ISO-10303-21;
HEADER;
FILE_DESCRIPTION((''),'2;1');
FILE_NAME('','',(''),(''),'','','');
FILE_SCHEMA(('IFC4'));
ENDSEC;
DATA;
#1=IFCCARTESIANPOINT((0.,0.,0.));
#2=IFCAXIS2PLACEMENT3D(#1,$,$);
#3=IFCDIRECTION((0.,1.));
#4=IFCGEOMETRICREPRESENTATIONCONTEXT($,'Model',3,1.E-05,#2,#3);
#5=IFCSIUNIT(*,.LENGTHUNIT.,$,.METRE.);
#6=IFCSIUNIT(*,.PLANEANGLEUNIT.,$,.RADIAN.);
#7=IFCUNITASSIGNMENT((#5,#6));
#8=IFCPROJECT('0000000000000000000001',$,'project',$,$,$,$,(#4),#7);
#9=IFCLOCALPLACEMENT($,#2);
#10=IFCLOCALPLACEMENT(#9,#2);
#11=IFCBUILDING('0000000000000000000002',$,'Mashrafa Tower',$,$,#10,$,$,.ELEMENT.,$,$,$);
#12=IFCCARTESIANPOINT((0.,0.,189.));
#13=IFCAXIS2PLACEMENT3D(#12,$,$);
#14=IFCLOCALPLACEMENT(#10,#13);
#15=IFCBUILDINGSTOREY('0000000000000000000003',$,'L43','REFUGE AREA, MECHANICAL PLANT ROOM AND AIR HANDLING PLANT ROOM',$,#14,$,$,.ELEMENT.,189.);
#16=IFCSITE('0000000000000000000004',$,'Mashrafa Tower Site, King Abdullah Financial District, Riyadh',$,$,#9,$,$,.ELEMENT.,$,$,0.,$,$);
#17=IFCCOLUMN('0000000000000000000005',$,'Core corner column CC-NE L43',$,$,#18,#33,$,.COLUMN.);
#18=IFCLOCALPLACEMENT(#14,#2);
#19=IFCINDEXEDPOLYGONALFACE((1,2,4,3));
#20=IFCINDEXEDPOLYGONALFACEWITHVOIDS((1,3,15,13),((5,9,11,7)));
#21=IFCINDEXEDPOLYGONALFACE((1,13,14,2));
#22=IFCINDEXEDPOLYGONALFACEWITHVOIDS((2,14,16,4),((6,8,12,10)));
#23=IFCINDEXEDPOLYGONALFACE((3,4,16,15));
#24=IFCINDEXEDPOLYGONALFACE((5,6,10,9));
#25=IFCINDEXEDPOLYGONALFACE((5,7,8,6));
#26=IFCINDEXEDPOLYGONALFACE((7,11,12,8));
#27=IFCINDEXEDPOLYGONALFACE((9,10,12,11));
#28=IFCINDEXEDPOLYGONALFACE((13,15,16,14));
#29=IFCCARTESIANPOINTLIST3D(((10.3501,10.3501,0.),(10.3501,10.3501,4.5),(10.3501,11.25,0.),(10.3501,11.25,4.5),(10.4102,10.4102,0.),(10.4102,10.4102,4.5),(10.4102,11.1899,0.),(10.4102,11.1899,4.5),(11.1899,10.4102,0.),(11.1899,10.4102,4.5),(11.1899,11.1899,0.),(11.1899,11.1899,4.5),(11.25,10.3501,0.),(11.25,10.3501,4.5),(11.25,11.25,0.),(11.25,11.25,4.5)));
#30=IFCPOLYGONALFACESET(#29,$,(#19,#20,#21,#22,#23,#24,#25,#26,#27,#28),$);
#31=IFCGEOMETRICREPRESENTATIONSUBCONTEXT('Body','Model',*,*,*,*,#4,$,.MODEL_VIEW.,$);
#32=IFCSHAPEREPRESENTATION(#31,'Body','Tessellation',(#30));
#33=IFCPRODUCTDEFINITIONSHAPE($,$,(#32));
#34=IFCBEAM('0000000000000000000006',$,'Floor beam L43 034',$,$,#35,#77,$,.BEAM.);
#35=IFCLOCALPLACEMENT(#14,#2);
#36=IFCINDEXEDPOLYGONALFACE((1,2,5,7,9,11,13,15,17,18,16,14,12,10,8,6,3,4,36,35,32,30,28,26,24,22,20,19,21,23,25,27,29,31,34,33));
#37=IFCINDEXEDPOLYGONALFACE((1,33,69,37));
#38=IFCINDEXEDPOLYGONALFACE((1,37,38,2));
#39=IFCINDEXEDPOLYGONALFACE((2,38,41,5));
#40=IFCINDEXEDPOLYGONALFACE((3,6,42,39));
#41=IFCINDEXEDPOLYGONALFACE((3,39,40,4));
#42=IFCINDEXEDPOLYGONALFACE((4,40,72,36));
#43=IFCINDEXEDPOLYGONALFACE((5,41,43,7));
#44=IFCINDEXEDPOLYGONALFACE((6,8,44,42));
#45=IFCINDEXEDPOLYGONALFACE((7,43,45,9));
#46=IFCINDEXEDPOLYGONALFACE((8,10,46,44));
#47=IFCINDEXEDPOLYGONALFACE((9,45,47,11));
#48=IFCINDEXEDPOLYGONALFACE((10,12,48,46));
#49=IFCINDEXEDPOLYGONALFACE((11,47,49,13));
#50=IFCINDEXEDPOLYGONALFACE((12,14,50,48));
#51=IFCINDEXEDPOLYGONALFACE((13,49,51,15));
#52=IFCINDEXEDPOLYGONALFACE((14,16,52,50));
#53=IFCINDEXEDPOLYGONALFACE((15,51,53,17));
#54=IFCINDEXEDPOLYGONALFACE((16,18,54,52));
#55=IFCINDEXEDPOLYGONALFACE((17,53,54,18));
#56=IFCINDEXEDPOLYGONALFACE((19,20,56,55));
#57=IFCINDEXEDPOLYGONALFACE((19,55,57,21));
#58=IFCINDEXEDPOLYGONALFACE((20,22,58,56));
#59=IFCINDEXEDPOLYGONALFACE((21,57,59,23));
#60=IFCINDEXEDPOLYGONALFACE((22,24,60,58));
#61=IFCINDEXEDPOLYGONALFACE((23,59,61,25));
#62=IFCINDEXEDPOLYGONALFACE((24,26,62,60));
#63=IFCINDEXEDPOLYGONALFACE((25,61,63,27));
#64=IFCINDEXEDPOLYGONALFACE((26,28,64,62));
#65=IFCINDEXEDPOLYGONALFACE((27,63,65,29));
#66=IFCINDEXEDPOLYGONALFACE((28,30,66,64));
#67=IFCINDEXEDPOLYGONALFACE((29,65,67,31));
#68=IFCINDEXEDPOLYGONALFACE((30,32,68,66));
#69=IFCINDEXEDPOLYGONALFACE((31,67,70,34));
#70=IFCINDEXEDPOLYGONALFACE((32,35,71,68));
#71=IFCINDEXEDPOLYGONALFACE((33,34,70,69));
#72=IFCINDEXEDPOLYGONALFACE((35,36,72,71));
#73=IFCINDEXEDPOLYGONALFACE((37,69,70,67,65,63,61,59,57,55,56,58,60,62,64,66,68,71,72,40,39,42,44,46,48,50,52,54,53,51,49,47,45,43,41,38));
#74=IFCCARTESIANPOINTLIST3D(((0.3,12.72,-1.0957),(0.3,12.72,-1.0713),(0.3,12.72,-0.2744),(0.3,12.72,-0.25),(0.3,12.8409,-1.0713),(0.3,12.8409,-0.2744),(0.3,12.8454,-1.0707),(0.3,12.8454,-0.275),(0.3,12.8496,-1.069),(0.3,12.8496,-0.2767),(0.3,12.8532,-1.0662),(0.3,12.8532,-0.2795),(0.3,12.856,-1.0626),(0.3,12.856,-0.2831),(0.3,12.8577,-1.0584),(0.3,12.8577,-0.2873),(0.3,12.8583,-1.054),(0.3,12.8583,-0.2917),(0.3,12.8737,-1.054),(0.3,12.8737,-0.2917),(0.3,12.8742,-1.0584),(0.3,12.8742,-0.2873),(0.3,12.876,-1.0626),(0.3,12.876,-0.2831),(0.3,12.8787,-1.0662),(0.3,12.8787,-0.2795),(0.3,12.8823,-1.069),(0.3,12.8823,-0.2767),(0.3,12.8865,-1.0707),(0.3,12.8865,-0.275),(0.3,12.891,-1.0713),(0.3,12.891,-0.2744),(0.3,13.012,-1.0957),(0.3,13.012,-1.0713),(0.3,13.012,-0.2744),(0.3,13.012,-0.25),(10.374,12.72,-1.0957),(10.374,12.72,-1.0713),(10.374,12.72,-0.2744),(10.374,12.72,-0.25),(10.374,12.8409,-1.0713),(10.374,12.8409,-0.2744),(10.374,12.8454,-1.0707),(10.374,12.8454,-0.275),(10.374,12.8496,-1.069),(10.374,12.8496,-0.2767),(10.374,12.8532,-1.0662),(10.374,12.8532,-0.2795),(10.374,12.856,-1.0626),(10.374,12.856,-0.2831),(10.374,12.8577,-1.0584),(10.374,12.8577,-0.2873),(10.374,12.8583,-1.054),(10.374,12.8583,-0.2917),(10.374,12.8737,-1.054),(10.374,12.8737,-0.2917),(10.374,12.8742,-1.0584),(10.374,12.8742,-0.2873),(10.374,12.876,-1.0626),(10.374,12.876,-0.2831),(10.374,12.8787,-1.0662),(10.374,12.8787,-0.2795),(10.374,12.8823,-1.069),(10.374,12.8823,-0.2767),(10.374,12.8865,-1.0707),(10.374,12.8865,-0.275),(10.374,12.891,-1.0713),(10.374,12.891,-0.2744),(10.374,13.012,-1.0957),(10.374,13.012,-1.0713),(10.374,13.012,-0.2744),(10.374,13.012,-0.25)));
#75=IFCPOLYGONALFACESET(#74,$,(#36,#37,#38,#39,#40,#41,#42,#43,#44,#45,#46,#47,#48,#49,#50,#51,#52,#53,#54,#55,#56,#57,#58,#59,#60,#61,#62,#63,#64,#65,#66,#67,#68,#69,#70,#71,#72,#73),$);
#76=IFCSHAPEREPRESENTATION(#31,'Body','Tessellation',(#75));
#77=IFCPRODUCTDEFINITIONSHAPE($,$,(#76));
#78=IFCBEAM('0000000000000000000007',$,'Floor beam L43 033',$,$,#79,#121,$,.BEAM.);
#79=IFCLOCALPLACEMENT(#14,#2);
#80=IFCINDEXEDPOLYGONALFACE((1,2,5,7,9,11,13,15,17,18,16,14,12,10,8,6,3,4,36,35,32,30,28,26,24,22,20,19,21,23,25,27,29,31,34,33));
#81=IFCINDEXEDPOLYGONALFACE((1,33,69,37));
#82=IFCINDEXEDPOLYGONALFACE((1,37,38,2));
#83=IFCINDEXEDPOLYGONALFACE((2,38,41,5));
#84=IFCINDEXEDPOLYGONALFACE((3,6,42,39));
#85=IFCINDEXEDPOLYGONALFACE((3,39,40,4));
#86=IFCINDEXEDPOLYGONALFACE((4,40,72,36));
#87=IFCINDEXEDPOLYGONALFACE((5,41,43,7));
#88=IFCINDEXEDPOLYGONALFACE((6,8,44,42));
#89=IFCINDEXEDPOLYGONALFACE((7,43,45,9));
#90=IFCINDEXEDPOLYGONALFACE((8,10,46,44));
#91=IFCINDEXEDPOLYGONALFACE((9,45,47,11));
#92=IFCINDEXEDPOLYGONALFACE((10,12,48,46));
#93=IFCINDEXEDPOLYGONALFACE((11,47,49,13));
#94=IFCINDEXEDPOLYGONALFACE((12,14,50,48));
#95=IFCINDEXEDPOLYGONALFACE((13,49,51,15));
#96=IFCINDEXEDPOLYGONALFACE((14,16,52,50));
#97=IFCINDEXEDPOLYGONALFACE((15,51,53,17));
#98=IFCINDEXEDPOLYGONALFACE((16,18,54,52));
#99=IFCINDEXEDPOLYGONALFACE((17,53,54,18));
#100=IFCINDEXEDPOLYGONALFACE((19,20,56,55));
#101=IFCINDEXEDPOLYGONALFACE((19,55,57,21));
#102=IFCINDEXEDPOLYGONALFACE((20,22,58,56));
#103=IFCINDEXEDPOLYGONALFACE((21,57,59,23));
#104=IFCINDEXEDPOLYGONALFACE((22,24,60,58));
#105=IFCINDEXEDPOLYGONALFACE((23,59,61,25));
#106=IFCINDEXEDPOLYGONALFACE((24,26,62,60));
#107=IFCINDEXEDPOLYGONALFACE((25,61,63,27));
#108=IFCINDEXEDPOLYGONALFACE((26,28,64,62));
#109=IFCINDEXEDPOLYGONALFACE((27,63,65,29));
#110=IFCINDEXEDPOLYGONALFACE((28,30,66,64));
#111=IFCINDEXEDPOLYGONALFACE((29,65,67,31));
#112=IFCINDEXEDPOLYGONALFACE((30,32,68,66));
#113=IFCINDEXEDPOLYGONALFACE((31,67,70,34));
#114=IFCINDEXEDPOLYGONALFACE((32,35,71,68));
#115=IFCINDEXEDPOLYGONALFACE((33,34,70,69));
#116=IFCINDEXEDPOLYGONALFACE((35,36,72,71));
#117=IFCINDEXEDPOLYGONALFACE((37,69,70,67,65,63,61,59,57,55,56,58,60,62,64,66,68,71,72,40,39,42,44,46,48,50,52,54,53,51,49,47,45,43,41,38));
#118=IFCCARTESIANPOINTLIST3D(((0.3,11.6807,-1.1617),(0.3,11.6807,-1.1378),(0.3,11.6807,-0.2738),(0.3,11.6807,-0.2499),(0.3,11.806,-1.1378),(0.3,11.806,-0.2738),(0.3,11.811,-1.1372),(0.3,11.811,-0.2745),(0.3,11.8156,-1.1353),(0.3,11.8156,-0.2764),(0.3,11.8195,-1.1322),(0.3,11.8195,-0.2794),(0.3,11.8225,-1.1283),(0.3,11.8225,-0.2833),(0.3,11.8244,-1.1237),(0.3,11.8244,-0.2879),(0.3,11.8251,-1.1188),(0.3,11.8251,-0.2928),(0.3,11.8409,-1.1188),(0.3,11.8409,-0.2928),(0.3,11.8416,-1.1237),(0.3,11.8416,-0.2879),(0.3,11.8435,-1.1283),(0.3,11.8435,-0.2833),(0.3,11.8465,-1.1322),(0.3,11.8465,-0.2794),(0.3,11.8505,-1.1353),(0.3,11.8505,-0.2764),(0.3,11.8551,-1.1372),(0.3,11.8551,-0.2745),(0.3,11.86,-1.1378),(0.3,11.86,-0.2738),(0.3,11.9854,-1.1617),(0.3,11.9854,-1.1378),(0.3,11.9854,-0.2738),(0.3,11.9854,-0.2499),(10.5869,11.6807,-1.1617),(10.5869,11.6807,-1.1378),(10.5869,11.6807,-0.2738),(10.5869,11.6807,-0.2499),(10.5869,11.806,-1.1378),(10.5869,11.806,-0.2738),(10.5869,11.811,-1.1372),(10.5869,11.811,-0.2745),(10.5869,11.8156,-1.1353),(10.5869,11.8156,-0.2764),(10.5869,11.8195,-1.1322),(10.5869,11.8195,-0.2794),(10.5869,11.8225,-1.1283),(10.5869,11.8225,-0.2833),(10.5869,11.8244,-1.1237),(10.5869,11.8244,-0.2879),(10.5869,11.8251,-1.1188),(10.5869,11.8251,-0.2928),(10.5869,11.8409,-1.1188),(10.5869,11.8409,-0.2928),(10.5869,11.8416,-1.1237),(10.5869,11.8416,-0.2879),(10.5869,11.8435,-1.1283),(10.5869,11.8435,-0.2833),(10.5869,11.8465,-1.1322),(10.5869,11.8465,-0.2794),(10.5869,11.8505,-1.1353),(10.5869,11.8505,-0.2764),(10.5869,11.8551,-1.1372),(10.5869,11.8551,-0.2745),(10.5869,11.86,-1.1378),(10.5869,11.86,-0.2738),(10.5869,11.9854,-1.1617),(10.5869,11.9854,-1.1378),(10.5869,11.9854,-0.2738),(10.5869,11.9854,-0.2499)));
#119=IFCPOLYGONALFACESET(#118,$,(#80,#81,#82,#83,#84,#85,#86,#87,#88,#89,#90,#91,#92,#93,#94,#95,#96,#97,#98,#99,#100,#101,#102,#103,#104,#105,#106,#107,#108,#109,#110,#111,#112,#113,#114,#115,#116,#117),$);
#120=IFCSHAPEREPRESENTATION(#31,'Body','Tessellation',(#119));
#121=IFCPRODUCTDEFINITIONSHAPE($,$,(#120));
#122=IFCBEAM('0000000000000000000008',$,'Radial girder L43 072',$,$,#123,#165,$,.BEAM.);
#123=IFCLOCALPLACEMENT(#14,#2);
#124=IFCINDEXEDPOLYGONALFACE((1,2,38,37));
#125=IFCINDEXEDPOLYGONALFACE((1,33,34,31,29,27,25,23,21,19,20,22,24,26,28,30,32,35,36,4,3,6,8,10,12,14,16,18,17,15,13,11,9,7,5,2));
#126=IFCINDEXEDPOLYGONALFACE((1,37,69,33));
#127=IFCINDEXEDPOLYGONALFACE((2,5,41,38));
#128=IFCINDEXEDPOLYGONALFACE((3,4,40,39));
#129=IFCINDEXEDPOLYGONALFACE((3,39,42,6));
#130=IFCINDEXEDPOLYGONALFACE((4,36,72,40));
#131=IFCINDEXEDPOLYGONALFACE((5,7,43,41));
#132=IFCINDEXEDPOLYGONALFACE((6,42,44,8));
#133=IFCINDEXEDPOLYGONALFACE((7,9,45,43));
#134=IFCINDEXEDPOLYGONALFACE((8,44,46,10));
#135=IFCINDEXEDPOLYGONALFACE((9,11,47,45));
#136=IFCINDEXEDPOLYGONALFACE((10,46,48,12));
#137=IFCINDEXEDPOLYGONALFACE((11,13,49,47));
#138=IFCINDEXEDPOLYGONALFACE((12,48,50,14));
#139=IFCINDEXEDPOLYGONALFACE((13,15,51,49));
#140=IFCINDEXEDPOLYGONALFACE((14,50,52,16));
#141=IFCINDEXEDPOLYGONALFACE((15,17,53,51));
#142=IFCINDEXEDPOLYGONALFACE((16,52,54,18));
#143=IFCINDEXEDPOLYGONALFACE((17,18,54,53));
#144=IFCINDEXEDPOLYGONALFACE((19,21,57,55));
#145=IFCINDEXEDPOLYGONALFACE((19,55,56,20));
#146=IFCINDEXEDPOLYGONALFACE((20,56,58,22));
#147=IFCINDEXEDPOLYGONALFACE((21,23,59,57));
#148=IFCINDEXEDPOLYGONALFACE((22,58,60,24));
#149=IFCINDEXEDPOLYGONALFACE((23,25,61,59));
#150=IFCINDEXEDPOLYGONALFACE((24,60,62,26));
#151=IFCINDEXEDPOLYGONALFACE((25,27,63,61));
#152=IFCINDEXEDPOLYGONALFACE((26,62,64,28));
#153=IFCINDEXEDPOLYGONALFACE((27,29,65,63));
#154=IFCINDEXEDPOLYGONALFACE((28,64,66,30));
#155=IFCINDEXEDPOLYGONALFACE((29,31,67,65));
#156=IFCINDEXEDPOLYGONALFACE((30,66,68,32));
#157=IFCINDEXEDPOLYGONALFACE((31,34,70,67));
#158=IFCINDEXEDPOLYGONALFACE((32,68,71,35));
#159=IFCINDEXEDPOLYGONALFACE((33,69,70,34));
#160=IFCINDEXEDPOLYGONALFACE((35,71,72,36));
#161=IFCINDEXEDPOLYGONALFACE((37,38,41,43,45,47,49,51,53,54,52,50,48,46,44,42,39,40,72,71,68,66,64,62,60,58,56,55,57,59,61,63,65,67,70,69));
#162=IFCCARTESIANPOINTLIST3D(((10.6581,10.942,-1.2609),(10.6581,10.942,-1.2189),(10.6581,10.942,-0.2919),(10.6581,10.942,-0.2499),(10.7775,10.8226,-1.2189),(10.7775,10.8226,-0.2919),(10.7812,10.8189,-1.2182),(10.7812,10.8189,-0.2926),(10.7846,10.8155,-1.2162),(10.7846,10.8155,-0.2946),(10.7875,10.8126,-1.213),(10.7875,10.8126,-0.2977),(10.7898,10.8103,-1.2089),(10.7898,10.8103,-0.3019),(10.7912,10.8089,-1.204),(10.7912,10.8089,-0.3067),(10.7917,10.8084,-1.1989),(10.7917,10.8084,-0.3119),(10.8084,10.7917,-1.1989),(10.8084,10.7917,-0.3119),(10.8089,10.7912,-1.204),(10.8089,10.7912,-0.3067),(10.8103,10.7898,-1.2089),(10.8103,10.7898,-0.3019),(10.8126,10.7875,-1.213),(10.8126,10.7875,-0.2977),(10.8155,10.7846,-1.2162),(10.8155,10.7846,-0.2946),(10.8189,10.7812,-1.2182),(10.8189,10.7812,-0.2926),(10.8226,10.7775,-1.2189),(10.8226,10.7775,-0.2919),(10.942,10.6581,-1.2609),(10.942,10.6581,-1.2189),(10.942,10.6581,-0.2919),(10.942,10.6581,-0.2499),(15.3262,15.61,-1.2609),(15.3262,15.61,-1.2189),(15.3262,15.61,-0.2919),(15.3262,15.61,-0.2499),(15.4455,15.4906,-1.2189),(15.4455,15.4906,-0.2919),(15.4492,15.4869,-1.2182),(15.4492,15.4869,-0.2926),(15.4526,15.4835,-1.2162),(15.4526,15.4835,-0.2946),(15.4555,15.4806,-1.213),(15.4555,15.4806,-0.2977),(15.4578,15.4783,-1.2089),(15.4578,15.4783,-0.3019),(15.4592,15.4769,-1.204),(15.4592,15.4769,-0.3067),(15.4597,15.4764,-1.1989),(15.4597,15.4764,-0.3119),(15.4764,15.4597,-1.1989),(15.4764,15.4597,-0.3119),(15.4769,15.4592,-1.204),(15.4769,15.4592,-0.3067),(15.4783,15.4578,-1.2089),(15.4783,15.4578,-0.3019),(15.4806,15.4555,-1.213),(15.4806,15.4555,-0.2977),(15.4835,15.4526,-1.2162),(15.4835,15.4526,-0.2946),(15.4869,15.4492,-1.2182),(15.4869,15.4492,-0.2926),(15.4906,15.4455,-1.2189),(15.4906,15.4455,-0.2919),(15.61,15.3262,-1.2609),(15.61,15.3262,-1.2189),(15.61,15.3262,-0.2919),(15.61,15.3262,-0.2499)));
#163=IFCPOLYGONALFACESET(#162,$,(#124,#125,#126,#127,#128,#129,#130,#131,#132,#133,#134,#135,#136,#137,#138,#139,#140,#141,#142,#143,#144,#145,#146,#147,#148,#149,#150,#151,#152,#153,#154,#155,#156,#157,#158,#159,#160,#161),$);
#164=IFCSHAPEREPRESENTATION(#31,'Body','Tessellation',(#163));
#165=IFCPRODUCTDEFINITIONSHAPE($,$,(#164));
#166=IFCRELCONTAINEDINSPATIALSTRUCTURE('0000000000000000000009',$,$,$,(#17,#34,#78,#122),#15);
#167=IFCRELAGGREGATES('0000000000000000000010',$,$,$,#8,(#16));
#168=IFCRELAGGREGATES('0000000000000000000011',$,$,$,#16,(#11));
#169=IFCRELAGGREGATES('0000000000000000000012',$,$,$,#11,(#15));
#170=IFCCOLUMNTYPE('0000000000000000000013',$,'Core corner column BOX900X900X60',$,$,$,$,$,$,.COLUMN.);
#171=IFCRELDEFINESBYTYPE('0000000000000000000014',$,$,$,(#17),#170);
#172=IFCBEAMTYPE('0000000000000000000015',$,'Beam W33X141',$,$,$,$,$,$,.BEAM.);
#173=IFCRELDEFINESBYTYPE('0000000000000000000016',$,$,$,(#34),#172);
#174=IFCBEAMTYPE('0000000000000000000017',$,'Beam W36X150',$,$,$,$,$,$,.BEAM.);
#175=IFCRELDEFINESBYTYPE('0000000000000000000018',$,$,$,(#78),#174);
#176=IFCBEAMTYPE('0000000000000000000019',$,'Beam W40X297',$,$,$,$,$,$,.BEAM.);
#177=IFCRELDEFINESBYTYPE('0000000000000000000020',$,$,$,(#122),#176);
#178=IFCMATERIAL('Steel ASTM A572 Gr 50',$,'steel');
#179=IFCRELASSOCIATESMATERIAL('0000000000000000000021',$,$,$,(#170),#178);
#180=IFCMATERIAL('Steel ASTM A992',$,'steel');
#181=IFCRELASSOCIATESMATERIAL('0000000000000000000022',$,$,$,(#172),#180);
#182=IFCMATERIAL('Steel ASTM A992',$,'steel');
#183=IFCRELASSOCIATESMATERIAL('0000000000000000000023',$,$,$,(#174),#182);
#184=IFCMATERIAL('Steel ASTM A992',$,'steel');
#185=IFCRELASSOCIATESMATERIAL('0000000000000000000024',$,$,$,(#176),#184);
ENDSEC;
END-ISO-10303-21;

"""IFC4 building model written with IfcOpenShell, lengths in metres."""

from ifc_helpers import new_model, si_unit, direction, frame, origin, origin_2d, place, context, subcontext, project, spatial, hollow_rectangle, i_section, extrude, material, material_profile, profile_set, type_object, element, save


model = new_model("IFC4")

# Units and contexts
model_context = context("Model", 3, precision=1e-05, world=origin(), true_north=direction((0.0, 1.0)))
body_context = subcontext(model_context, "Body", "Model", "MODEL_VIEW")
ifc_project = project(units=[si_unit("LENGTHUNIT", "METRE"), si_unit("PLANEANGLEUNIT", "RADIAN")], contexts=[model_context])

# Site, building, storey
site_placement = place(None, origin())
site = spatial("IfcSite", under=ifc_project, at=site_placement, Name="Mashrafa Tower Site, King Abdullah Financial District, Riyadh", CompositionType="ELEMENT", RefElevation=0.0)
building_placement = place(site_placement, origin())
building = spatial("IfcBuilding", under=site, at=building_placement, Name="Mashrafa Tower", CompositionType="ELEMENT")
storey_placement = place(building_placement, frame((0.0, 0.0, 189.0)))
storey = spatial("IfcBuildingStorey", under=building, at=storey_placement, Name="L43", Description="REFUGE AREA, MECHANICAL PLANT ROOM AND AIR HANDLING PLANT ROOM", CompositionType="ELEMENT", Elevation=189.0)

# Column
ifc_material_1 = material(Name="Steel ASTM A572 Gr 50", Category="steel")
ifc_material_profile_1 = material_profile(ifc_material_1, hollow_rectangle(XDim=0.8999, YDim=0.8999, WallThickness=0.0601, at=origin_2d()), Name="BOX900X900X60")
ifc_profile_set_1 = profile_set([ifc_material_profile_1], Name="Steel ASTM A572 Gr 50")
column_type = type_object("IfcColumnType", Name="Core corner column BOX900X900X60", PredefinedType="COLUMN", material=ifc_profile_set_1)
column_placement = place(storey_placement, frame((10.8, 10.8, 0.0), z_axis=(0.0, 0.0, 1.0), x_axis=(1.0, 0.0, 0.0)))
element("IfcColumn", 1, at=column_placement, inside=storey, type_object=column_type, Name="Core corner column CC-NE L43", PredefinedType="COLUMN", context=body_context, shape_type="SweptSolid", body=[
    extrude(hollow_rectangle(XDim=0.8999, YDim=0.8999, WallThickness=0.0601, at=origin_2d()), origin(), (0.0, 0.0, 1.0), 4.5),
])

# Beams
ifc_material_2 = material(Name="Steel ASTM A992", Category="steel")
ifc_material_profile_2 = material_profile(ifc_material_2, i_section(OverallWidth=0.292, OverallDepth=0.8457, WebThickness=0.0154, FlangeThickness=0.0244, FilletRadius=0.0173, at=origin_2d()), Name="W33X141")
ifc_profile_set_2 = profile_set([ifc_material_profile_2], Name="Steel ASTM A992")
beam_type_1 = type_object("IfcBeamType", Name="Beam W33X141", PredefinedType="BEAM", material=ifc_profile_set_2)
beam_1_placement = place(storey_placement, frame((0.3, 12.866, -0.6729), z_axis=(1.0, 0.0, 0.0), x_axis=(0.0, 1.0, 0.0)))
element("IfcBeam", 2, at=beam_1_placement, inside=storey, type_object=beam_type_1, Name="Floor beam L43 034", PredefinedType="BEAM", context=body_context, shape_type="SweptSolid", body=[
    extrude(i_section(OverallWidth=0.292, OverallDepth=0.8457, WebThickness=0.0154, FlangeThickness=0.0244, FilletRadius=0.0173, at=origin_2d()), origin(), (0.0, 0.0, 1.0), 10.074),
])
ifc_material_3 = material(Name="Steel ASTM A992", Category="steel")
ifc_material_profile_3 = material_profile(ifc_material_3, i_section(OverallWidth=0.3047, OverallDepth=0.9119, WebThickness=0.0159, FlangeThickness=0.0239, FilletRadius=0.019, at=origin_2d()), Name="W36X150")
ifc_profile_set_3 = profile_set([ifc_material_profile_3], Name="Steel ASTM A992")
beam_type_2 = type_object("IfcBeamType", Name="Beam W36X150", PredefinedType="BEAM", material=ifc_profile_set_3)
beam_2_placement = place(storey_placement, frame((0.3, 11.833, -0.7058), z_axis=(1.0, 0.0, 0.0), x_axis=(0.0, 1.0, 0.0)))
element("IfcBeam", 3, at=beam_2_placement, inside=storey, type_object=beam_type_2, Name="Floor beam L43 033", PredefinedType="BEAM", context=body_context, shape_type="SweptSolid", body=[
    extrude(i_section(OverallWidth=0.3047, OverallDepth=0.9119, WebThickness=0.0159, FlangeThickness=0.0239, FilletRadius=0.019, at=origin_2d()), origin(), (0.0, 0.0, 1.0), 10.2869),
])
ifc_material_4 = material(Name="Steel ASTM A992", Category="steel")
ifc_material_profile_4 = material_profile(ifc_material_4, i_section(OverallWidth=0.4014, OverallDepth=1.011, WebThickness=0.0237, FlangeThickness=0.042, FilletRadius=0.02, at=origin_2d()), Name="W40X297")
ifc_profile_set_4 = profile_set([ifc_material_profile_4], Name="Steel ASTM A992")
beam_type_3 = type_object("IfcBeamType", Name="Beam W40X297", PredefinedType="BEAM", material=ifc_profile_set_4)
beam_3_placement = place(storey_placement, frame((10.8, 10.8, -0.7554), z_axis=(0.707107, 0.707107, 0.0), x_axis=(-0.707107, 0.707107, 0.0)))
element("IfcBeam", 4, at=beam_3_placement, inside=storey, type_object=beam_type_3, Name="Radial girder L43 072", PredefinedType="BEAM", context=body_context, shape_type="SweptSolid", body=[
    extrude(i_section(OverallWidth=0.4014, OverallDepth=1.011, WebThickness=0.0237, FlangeThickness=0.042, FilletRadius=0.02, at=origin_2d()), origin(), (0.0, 0.0, 1.0), 6.6016),
])

save(model, "model.ifc")
